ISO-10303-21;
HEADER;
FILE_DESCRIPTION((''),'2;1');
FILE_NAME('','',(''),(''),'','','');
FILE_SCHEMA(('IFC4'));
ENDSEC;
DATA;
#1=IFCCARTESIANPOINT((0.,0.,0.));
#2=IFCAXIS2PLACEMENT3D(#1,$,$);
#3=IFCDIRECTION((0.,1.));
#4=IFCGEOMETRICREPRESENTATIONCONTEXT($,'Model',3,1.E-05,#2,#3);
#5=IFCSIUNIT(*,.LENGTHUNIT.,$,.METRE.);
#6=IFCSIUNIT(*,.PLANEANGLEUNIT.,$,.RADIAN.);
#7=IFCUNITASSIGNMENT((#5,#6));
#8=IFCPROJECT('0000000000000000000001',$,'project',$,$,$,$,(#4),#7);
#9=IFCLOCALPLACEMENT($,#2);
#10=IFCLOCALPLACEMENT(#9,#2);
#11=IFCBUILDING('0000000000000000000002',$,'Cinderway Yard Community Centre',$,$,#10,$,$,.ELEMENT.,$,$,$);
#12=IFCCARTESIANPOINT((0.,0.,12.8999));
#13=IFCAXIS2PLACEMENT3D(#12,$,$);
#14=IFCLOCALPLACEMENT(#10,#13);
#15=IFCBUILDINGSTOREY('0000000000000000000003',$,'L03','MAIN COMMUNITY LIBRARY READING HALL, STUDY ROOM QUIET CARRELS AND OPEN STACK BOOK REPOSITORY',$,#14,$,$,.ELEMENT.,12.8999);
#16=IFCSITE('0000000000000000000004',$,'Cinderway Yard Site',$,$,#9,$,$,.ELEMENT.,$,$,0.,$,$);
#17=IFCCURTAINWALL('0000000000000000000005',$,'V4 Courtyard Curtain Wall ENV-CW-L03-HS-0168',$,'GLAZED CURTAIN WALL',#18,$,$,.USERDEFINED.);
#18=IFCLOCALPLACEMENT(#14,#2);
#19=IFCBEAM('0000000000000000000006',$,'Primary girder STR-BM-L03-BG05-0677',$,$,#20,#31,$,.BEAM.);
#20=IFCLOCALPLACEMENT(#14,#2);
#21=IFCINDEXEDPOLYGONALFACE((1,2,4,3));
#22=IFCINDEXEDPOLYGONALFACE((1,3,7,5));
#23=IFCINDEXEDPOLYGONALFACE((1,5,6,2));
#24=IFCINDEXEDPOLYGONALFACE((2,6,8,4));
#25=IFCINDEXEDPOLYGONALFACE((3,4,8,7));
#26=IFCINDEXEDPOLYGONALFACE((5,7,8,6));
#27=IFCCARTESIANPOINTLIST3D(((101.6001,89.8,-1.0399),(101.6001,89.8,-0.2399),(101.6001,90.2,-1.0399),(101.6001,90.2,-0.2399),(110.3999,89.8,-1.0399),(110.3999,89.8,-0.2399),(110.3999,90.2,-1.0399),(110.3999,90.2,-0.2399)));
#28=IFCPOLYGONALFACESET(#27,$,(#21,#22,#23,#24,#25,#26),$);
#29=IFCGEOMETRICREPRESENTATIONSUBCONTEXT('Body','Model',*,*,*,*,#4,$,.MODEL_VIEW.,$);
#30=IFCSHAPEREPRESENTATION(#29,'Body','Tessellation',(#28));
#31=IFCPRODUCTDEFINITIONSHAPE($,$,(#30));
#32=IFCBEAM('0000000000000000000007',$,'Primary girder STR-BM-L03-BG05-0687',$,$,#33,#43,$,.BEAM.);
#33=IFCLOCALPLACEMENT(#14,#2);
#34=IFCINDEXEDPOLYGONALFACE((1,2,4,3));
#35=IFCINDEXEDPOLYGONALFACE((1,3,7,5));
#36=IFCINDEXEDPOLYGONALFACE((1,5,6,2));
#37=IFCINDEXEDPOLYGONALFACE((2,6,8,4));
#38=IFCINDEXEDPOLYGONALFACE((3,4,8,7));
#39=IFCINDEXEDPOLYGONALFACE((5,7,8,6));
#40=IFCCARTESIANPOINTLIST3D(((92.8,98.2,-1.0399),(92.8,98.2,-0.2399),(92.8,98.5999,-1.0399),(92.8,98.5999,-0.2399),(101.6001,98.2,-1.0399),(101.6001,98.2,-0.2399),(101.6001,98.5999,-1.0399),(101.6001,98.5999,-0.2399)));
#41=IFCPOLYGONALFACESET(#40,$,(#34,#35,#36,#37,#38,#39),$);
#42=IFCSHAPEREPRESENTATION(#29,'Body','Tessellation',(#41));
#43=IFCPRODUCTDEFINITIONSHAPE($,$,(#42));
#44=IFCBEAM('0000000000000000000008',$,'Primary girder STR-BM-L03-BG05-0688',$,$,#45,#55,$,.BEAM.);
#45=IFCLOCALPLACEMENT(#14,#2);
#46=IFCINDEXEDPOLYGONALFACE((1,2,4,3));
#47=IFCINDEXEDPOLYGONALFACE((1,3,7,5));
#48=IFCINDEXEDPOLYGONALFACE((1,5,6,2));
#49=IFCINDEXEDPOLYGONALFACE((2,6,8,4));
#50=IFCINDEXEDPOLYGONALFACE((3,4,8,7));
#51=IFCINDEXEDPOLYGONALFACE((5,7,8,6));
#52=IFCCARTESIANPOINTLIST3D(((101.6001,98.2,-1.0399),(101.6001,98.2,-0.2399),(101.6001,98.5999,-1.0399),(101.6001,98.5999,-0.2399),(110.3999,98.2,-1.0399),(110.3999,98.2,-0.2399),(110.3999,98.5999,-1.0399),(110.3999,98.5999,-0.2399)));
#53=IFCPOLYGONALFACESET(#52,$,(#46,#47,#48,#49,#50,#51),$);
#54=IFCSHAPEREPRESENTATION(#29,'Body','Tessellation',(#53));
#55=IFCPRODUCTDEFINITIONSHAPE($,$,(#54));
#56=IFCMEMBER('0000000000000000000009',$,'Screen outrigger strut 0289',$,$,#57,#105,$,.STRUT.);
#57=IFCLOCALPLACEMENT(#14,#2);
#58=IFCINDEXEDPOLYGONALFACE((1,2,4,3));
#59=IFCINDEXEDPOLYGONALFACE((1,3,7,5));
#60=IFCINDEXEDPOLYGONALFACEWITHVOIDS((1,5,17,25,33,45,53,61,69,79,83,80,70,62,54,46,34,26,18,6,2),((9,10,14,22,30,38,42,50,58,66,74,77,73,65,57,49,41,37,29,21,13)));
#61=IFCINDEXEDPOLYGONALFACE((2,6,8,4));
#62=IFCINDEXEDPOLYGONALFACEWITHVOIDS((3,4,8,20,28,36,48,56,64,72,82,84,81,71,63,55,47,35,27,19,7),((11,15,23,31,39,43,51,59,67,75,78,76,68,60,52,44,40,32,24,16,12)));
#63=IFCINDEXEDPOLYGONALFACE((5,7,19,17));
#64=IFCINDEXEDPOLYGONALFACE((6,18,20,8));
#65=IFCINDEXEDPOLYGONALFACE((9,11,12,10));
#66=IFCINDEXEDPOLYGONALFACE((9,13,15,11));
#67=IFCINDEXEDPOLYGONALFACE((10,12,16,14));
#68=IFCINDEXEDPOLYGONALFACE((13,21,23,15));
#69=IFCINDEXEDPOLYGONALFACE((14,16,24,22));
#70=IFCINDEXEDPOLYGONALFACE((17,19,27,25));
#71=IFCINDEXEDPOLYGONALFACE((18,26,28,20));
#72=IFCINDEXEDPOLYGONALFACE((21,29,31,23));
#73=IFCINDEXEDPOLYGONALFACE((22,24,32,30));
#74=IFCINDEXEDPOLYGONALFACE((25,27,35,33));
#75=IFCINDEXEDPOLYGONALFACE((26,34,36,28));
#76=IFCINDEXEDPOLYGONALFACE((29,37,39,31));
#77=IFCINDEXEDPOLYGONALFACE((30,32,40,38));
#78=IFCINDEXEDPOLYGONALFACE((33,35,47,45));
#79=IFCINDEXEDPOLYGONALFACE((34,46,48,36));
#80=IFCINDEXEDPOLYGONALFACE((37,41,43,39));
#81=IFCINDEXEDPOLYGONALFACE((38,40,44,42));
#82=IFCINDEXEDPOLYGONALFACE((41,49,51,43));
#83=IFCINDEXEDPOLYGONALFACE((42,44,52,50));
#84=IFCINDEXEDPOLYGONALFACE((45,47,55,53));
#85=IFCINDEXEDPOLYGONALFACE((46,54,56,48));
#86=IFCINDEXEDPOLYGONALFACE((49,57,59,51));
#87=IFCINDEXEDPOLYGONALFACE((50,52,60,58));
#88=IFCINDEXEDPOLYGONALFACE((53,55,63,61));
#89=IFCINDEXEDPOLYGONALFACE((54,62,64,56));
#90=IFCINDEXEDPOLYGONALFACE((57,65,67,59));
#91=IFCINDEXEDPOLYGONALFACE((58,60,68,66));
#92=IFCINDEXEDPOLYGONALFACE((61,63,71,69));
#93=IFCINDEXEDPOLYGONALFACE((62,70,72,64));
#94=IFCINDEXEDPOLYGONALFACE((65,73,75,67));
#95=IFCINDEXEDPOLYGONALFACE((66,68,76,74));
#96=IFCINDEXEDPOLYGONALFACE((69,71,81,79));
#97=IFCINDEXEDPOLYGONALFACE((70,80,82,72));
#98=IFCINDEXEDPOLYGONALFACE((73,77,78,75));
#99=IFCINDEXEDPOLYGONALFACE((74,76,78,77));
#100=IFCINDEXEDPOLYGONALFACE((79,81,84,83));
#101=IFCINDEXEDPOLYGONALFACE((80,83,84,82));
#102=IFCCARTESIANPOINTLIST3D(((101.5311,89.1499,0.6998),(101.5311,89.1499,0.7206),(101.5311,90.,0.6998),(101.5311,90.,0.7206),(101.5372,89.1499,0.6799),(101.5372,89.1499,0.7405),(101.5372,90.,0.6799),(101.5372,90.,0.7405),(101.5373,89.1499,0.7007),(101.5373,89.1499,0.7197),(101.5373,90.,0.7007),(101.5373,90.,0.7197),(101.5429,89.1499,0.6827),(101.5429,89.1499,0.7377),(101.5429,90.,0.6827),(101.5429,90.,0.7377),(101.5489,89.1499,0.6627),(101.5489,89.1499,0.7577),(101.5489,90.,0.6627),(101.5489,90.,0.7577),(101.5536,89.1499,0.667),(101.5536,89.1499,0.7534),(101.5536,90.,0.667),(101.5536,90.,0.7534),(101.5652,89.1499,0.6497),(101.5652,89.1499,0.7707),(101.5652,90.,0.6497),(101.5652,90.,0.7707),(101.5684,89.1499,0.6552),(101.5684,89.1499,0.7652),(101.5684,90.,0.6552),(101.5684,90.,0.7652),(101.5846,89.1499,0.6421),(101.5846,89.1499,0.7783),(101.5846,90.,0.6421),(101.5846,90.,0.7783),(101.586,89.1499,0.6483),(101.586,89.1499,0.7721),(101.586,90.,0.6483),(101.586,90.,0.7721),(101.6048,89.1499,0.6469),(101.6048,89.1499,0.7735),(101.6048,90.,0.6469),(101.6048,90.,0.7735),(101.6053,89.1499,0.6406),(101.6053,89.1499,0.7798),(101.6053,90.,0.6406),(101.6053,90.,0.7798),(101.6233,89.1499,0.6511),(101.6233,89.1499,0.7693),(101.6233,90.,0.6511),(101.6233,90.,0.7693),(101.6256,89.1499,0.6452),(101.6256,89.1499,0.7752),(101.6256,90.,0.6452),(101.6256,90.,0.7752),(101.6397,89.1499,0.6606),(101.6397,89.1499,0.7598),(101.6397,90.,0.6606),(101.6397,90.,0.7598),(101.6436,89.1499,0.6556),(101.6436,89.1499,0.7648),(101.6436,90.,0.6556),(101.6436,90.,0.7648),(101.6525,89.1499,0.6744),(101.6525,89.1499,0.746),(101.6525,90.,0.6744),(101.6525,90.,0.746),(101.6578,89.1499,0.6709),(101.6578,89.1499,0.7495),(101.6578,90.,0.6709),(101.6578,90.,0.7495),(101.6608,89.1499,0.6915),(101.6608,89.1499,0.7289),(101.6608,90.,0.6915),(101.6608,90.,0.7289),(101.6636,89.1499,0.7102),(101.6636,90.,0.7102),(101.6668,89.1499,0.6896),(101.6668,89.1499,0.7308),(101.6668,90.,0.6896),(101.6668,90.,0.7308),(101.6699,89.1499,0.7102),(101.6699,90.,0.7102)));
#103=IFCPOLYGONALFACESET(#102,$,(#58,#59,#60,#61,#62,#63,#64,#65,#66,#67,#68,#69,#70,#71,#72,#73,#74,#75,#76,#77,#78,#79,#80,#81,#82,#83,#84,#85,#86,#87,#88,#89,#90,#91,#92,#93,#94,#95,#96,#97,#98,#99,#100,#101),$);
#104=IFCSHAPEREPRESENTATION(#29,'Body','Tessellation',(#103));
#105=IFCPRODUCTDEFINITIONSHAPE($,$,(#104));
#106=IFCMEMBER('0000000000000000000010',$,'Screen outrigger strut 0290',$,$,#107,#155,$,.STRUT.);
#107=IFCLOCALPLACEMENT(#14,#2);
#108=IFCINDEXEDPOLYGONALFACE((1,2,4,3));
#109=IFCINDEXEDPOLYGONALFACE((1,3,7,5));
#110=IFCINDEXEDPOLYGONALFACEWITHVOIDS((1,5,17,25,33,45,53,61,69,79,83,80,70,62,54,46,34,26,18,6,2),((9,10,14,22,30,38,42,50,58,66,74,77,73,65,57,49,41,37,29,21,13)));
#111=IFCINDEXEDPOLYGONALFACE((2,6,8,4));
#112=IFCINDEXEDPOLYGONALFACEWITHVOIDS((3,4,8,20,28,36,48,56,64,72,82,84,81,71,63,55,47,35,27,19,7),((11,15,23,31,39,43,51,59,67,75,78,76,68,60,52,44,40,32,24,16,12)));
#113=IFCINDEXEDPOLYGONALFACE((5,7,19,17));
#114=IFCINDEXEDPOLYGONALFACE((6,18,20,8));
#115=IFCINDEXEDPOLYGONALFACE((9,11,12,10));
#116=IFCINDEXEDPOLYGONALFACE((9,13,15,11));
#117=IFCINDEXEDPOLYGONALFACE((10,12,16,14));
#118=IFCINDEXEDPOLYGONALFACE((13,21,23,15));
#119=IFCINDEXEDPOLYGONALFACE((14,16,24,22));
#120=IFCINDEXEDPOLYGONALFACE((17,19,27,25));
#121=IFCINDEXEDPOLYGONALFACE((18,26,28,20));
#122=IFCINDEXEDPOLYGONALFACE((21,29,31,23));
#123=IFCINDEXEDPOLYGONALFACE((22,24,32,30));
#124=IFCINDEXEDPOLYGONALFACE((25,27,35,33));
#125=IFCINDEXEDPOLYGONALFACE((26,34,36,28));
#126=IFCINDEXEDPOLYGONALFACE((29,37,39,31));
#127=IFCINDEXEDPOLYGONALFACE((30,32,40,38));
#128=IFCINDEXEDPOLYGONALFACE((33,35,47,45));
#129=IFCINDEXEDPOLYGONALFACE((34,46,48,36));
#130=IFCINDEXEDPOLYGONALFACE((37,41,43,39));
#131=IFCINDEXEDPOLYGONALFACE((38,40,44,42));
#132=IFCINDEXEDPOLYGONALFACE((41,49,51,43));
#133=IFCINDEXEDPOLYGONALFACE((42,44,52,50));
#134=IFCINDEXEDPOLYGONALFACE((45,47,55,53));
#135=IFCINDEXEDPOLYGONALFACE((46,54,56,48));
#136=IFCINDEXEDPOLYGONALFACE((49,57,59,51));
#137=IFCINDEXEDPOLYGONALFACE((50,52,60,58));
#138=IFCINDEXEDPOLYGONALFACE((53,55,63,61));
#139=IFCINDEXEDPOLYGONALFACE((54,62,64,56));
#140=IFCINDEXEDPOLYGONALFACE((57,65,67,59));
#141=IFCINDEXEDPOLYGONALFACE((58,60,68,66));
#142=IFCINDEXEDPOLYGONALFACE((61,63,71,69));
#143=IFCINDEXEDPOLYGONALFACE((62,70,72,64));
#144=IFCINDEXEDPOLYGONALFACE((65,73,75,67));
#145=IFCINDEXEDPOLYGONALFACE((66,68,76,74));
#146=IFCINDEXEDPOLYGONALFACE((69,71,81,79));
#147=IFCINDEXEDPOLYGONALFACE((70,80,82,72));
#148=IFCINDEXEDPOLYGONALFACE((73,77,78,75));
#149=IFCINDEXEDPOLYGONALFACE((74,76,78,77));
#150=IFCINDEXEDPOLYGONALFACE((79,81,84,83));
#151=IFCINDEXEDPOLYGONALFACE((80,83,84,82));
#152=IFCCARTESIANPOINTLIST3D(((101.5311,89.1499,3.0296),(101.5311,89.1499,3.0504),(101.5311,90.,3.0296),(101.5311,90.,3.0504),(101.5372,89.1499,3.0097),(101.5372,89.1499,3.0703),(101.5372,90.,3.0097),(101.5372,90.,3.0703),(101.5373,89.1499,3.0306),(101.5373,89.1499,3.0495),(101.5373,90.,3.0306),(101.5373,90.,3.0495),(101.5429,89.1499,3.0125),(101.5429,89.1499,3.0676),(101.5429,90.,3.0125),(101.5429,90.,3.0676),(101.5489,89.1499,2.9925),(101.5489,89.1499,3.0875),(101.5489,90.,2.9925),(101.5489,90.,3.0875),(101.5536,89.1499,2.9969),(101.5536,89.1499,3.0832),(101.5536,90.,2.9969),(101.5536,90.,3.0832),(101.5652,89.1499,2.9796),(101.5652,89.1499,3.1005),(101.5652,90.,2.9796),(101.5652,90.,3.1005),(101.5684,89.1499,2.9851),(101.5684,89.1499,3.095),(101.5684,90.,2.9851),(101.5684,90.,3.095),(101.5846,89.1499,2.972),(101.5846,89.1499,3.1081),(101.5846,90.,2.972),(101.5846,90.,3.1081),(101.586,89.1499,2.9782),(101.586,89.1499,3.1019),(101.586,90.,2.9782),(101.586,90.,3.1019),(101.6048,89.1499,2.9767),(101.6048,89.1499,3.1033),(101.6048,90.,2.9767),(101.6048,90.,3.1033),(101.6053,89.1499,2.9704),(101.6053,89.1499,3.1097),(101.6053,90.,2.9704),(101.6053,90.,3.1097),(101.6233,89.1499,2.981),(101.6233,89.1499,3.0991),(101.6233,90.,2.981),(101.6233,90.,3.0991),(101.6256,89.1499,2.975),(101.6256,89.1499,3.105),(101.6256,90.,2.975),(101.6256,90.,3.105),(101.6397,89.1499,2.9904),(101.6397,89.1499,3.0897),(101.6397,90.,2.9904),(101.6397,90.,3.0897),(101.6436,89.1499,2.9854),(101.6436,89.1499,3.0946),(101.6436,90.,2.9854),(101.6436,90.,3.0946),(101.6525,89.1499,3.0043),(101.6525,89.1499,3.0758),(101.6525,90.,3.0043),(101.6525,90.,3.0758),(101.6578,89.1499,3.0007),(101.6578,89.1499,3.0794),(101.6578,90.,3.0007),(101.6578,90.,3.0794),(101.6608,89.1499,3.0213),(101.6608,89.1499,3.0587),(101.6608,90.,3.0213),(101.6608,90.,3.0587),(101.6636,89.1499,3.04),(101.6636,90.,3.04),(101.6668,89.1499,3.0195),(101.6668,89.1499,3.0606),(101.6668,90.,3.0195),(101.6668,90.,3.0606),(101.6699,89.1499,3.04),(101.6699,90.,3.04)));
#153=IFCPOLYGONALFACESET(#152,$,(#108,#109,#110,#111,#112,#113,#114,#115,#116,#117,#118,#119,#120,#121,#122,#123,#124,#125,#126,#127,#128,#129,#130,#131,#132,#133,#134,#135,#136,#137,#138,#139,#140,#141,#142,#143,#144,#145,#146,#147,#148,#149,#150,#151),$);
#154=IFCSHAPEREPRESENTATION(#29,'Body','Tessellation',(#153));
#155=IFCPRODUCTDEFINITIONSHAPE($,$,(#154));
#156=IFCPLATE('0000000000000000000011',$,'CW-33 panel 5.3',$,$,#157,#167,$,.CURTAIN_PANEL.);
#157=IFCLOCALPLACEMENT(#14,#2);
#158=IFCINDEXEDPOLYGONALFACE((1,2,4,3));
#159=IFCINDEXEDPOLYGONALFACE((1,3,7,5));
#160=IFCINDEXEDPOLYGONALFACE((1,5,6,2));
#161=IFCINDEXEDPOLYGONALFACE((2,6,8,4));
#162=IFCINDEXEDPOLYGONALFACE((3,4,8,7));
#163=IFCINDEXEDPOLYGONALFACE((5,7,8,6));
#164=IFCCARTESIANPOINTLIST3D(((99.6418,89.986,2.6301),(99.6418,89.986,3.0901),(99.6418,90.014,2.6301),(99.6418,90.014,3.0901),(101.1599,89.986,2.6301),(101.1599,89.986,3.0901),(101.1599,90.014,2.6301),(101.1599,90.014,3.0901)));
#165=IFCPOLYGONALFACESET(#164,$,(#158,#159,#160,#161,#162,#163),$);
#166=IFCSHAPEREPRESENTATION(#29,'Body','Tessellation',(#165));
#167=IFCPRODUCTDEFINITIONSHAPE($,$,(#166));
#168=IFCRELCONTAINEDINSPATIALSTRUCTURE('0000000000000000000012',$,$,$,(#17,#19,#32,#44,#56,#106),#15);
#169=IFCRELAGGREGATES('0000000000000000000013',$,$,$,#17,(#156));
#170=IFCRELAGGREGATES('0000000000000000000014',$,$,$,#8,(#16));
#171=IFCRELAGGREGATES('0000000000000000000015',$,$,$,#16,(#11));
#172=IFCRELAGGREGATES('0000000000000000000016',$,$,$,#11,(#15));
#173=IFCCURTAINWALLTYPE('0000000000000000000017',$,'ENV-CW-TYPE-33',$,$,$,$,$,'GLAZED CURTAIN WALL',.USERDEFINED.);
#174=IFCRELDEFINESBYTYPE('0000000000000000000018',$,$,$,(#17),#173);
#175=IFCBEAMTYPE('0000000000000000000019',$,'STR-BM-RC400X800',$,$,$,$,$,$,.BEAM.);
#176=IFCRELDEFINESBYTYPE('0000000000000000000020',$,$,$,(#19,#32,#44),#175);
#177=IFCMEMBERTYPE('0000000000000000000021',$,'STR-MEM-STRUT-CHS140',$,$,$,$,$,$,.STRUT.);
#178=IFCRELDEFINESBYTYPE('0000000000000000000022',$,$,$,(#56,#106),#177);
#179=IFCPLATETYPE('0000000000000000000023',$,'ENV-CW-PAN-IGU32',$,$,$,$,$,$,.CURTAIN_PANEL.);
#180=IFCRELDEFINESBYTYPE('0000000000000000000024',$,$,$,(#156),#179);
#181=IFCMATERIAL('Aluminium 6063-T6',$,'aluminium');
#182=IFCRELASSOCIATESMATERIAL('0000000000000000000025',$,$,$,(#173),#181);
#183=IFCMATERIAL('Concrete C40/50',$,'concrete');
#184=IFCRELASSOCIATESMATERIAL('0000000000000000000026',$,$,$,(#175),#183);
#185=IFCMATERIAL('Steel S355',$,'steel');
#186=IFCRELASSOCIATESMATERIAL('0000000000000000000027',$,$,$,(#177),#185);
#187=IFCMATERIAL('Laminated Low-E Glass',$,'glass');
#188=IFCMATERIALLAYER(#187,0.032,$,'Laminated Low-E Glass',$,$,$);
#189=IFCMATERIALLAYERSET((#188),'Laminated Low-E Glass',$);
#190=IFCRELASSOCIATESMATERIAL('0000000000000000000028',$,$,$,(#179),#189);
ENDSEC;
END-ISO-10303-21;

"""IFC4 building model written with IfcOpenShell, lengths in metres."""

from ifc_helpers import new_model, si_unit, direction, frame, origin, origin_2d, place, context, subcontext, project, spatial, rectangle, hollow_circle, extrude, material, layer, layer_set, material_profile, profile_set, type_object, element, aggregate, save


model = new_model("IFC4")

# Units and contexts
model_context = context("Model", 3, precision=1e-05, world=origin(), true_north=direction((0.0, 1.0)))
body_context = subcontext(model_context, "Body", "Model", "MODEL_VIEW")
ifc_project = project(units=[si_unit("LENGTHUNIT", "METRE"), si_unit("PLANEANGLEUNIT", "RADIAN")], contexts=[model_context])

# Site, building, storey
site_placement = place(None, origin())
site = spatial("IfcSite", under=ifc_project, at=site_placement, Name="Cinderway Yard Site", CompositionType="ELEMENT", RefElevation=0.0)
building_placement = place(site_placement, origin())
building = spatial("IfcBuilding", under=site, at=building_placement, Name="Cinderway Yard Community Centre", CompositionType="ELEMENT")
storey_placement = place(building_placement, frame((0.0, 0.0, 12.8999)))
storey = spatial("IfcBuildingStorey", under=building, at=storey_placement, Name="L03", Description="MAIN COMMUNITY LIBRARY READING HALL, STUDY ROOM QUIET CARRELS AND OPEN STACK BOOK REPOSITORY", CompositionType="ELEMENT", Elevation=12.8999)

# Shared definitions
ifc_material_1 = material(Name="Concrete C40/50", Category="concrete")

# Curtain wall
ifc_material_2 = material(Name="Aluminium 6063-T6", Category="aluminium")
curtain_wall_type = type_object("IfcCurtainWallType", Name="ENV-CW-TYPE-33", ElementType="GLAZED CURTAIN WALL", PredefinedType="USERDEFINED", material=ifc_material_2)
curtain_wall_1_placement = place(storey_placement, origin())
curtain_wall_1 = element("IfcCurtainWall", 1, at=curtain_wall_1_placement, inside=storey, type_object=curtain_wall_type, Name="V4 Courtyard Curtain Wall ENV-CW-L03-HS-0168", ObjectType="GLAZED CURTAIN WALL", PredefinedType="USERDEFINED")

# Beams
ifc_material_profile_1 = material_profile(ifc_material_1, rectangle(XDim=0.3999, YDim=0.8, at=origin_2d()), Name="Concrete C40/50")
ifc_profile_set_1 = profile_set([ifc_material_profile_1], Name="Concrete C40/50")
beam_type_1 = type_object("IfcBeamType", Name="STR-BM-RC400X800", PredefinedType="BEAM", material=ifc_profile_set_1)
beam_1_placement = place(storey_placement, frame((101.6001, 90.0, -0.6399), z_axis=(1.0, 0.0, 0.0), x_axis=(0.0, 1.0, 0.0)))
element("IfcBeam", 2, at=beam_1_placement, inside=storey, type_object=beam_type_1, Name="Primary girder STR-BM-L03-BG05-0677", PredefinedType="BEAM", context=body_context, shape_type="SweptSolid", body=[
    extrude(rectangle(XDim=0.3999, YDim=0.8, at=origin_2d()), origin(), (0.0, 0.0, 1.0), 8.7998),
])
beam_2_placement = place(storey_placement, frame((92.8, 98.3999, -0.6399), z_axis=(1.0, 0.0, 0.0), x_axis=(0.0, 1.0, 0.0)))
element("IfcBeam", 3, at=beam_2_placement, inside=storey, type_object=beam_type_1, Name="Primary girder STR-BM-L03-BG05-0687", PredefinedType="BEAM", context=body_context, shape_type="SweptSolid", body=[
    extrude(rectangle(XDim=0.3999, YDim=0.8, at=origin_2d()), origin(), (0.0, 0.0, 1.0), 8.8),
])
beam_3_placement = place(storey_placement, frame((101.6001, 98.3999, -0.6399), z_axis=(1.0, 0.0, 0.0), x_axis=(0.0, 1.0, 0.0)))
element("IfcBeam", 4, at=beam_3_placement, inside=storey, type_object=beam_type_1, Name="Primary girder STR-BM-L03-BG05-0688", PredefinedType="BEAM", context=body_context, shape_type="SweptSolid", body=[
    extrude(rectangle(XDim=0.3999, YDim=0.8, at=origin_2d()), origin(), (0.0, 0.0, 1.0), 8.7998),
])

# Members
ifc_material_3 = material(Name="Steel S355", Category="steel")
ifc_material_profile_2 = material_profile(ifc_material_3, hollow_circle(Radius=0.0698, WallThickness=0.0063, at=origin_2d()), Name="Steel S355")
ifc_profile_set_2 = profile_set([ifc_material_profile_2], Name="Steel S355")
member_type_1 = type_object("IfcMemberType", Name="STR-MEM-STRUT-CHS140", PredefinedType="STRUT", material=ifc_profile_set_2)
for number, where, z_axis, x_axis, name in (
    (5, (101.6001, 90.0, 0.7102), (0.0, -1.0, 0.0), (1.0, 0.0, 0.0), "Screen outrigger strut 0289"),
    (6, (101.6001, 90.0, 3.04), (0.0, -1.0, 0.0), (1.0, 0.0, 0.0), "Screen outrigger strut 0290"),
):
    element("IfcMember", number, at=place(storey_placement, frame(where, z_axis=z_axis, x_axis=x_axis)), inside=storey, type_object=member_type_1, Name=name, PredefinedType="STRUT", context=body_context, shape_type="SweptSolid", body=[
        extrude(hollow_circle(Radius=0.0698, WallThickness=0.0063, at=origin_2d()), origin(), (0.0, 0.0, 1.0), 0.8501),
    ])

# Plate
ifc_material_4 = material(Name="Laminated Low-E Glass", Category="glass")
ifc_layer = layer(ifc_material_4, 0.032, Name="Laminated Low-E Glass")
ifc_layer_set = layer_set([ifc_layer], Name="Laminated Low-E Glass")
plate_type = type_object("IfcPlateType", Name="ENV-CW-PAN-IGU32", PredefinedType="CURTAIN_PANEL", material=ifc_layer_set)
plate_placement = place(storey_placement, frame((100.4009, 90.0, 2.6301), z_axis=(0.0, 0.0, 1.0), x_axis=(1.0, 0.0, 0.0)))
plate = element("IfcPlate", 7, at=plate_placement, type_object=plate_type, Name="CW-33 panel 5.3", PredefinedType="CURTAIN_PANEL", context=body_context, shape_type="SweptSolid", body=[
    extrude(rectangle(XDim=1.5181, YDim=0.0281, at=origin_2d()), origin(), (0.0, 0.0, 1.0), 0.46),
])
aggregate(curtain_wall_1, [plate])

save(model, "model.ifc")
